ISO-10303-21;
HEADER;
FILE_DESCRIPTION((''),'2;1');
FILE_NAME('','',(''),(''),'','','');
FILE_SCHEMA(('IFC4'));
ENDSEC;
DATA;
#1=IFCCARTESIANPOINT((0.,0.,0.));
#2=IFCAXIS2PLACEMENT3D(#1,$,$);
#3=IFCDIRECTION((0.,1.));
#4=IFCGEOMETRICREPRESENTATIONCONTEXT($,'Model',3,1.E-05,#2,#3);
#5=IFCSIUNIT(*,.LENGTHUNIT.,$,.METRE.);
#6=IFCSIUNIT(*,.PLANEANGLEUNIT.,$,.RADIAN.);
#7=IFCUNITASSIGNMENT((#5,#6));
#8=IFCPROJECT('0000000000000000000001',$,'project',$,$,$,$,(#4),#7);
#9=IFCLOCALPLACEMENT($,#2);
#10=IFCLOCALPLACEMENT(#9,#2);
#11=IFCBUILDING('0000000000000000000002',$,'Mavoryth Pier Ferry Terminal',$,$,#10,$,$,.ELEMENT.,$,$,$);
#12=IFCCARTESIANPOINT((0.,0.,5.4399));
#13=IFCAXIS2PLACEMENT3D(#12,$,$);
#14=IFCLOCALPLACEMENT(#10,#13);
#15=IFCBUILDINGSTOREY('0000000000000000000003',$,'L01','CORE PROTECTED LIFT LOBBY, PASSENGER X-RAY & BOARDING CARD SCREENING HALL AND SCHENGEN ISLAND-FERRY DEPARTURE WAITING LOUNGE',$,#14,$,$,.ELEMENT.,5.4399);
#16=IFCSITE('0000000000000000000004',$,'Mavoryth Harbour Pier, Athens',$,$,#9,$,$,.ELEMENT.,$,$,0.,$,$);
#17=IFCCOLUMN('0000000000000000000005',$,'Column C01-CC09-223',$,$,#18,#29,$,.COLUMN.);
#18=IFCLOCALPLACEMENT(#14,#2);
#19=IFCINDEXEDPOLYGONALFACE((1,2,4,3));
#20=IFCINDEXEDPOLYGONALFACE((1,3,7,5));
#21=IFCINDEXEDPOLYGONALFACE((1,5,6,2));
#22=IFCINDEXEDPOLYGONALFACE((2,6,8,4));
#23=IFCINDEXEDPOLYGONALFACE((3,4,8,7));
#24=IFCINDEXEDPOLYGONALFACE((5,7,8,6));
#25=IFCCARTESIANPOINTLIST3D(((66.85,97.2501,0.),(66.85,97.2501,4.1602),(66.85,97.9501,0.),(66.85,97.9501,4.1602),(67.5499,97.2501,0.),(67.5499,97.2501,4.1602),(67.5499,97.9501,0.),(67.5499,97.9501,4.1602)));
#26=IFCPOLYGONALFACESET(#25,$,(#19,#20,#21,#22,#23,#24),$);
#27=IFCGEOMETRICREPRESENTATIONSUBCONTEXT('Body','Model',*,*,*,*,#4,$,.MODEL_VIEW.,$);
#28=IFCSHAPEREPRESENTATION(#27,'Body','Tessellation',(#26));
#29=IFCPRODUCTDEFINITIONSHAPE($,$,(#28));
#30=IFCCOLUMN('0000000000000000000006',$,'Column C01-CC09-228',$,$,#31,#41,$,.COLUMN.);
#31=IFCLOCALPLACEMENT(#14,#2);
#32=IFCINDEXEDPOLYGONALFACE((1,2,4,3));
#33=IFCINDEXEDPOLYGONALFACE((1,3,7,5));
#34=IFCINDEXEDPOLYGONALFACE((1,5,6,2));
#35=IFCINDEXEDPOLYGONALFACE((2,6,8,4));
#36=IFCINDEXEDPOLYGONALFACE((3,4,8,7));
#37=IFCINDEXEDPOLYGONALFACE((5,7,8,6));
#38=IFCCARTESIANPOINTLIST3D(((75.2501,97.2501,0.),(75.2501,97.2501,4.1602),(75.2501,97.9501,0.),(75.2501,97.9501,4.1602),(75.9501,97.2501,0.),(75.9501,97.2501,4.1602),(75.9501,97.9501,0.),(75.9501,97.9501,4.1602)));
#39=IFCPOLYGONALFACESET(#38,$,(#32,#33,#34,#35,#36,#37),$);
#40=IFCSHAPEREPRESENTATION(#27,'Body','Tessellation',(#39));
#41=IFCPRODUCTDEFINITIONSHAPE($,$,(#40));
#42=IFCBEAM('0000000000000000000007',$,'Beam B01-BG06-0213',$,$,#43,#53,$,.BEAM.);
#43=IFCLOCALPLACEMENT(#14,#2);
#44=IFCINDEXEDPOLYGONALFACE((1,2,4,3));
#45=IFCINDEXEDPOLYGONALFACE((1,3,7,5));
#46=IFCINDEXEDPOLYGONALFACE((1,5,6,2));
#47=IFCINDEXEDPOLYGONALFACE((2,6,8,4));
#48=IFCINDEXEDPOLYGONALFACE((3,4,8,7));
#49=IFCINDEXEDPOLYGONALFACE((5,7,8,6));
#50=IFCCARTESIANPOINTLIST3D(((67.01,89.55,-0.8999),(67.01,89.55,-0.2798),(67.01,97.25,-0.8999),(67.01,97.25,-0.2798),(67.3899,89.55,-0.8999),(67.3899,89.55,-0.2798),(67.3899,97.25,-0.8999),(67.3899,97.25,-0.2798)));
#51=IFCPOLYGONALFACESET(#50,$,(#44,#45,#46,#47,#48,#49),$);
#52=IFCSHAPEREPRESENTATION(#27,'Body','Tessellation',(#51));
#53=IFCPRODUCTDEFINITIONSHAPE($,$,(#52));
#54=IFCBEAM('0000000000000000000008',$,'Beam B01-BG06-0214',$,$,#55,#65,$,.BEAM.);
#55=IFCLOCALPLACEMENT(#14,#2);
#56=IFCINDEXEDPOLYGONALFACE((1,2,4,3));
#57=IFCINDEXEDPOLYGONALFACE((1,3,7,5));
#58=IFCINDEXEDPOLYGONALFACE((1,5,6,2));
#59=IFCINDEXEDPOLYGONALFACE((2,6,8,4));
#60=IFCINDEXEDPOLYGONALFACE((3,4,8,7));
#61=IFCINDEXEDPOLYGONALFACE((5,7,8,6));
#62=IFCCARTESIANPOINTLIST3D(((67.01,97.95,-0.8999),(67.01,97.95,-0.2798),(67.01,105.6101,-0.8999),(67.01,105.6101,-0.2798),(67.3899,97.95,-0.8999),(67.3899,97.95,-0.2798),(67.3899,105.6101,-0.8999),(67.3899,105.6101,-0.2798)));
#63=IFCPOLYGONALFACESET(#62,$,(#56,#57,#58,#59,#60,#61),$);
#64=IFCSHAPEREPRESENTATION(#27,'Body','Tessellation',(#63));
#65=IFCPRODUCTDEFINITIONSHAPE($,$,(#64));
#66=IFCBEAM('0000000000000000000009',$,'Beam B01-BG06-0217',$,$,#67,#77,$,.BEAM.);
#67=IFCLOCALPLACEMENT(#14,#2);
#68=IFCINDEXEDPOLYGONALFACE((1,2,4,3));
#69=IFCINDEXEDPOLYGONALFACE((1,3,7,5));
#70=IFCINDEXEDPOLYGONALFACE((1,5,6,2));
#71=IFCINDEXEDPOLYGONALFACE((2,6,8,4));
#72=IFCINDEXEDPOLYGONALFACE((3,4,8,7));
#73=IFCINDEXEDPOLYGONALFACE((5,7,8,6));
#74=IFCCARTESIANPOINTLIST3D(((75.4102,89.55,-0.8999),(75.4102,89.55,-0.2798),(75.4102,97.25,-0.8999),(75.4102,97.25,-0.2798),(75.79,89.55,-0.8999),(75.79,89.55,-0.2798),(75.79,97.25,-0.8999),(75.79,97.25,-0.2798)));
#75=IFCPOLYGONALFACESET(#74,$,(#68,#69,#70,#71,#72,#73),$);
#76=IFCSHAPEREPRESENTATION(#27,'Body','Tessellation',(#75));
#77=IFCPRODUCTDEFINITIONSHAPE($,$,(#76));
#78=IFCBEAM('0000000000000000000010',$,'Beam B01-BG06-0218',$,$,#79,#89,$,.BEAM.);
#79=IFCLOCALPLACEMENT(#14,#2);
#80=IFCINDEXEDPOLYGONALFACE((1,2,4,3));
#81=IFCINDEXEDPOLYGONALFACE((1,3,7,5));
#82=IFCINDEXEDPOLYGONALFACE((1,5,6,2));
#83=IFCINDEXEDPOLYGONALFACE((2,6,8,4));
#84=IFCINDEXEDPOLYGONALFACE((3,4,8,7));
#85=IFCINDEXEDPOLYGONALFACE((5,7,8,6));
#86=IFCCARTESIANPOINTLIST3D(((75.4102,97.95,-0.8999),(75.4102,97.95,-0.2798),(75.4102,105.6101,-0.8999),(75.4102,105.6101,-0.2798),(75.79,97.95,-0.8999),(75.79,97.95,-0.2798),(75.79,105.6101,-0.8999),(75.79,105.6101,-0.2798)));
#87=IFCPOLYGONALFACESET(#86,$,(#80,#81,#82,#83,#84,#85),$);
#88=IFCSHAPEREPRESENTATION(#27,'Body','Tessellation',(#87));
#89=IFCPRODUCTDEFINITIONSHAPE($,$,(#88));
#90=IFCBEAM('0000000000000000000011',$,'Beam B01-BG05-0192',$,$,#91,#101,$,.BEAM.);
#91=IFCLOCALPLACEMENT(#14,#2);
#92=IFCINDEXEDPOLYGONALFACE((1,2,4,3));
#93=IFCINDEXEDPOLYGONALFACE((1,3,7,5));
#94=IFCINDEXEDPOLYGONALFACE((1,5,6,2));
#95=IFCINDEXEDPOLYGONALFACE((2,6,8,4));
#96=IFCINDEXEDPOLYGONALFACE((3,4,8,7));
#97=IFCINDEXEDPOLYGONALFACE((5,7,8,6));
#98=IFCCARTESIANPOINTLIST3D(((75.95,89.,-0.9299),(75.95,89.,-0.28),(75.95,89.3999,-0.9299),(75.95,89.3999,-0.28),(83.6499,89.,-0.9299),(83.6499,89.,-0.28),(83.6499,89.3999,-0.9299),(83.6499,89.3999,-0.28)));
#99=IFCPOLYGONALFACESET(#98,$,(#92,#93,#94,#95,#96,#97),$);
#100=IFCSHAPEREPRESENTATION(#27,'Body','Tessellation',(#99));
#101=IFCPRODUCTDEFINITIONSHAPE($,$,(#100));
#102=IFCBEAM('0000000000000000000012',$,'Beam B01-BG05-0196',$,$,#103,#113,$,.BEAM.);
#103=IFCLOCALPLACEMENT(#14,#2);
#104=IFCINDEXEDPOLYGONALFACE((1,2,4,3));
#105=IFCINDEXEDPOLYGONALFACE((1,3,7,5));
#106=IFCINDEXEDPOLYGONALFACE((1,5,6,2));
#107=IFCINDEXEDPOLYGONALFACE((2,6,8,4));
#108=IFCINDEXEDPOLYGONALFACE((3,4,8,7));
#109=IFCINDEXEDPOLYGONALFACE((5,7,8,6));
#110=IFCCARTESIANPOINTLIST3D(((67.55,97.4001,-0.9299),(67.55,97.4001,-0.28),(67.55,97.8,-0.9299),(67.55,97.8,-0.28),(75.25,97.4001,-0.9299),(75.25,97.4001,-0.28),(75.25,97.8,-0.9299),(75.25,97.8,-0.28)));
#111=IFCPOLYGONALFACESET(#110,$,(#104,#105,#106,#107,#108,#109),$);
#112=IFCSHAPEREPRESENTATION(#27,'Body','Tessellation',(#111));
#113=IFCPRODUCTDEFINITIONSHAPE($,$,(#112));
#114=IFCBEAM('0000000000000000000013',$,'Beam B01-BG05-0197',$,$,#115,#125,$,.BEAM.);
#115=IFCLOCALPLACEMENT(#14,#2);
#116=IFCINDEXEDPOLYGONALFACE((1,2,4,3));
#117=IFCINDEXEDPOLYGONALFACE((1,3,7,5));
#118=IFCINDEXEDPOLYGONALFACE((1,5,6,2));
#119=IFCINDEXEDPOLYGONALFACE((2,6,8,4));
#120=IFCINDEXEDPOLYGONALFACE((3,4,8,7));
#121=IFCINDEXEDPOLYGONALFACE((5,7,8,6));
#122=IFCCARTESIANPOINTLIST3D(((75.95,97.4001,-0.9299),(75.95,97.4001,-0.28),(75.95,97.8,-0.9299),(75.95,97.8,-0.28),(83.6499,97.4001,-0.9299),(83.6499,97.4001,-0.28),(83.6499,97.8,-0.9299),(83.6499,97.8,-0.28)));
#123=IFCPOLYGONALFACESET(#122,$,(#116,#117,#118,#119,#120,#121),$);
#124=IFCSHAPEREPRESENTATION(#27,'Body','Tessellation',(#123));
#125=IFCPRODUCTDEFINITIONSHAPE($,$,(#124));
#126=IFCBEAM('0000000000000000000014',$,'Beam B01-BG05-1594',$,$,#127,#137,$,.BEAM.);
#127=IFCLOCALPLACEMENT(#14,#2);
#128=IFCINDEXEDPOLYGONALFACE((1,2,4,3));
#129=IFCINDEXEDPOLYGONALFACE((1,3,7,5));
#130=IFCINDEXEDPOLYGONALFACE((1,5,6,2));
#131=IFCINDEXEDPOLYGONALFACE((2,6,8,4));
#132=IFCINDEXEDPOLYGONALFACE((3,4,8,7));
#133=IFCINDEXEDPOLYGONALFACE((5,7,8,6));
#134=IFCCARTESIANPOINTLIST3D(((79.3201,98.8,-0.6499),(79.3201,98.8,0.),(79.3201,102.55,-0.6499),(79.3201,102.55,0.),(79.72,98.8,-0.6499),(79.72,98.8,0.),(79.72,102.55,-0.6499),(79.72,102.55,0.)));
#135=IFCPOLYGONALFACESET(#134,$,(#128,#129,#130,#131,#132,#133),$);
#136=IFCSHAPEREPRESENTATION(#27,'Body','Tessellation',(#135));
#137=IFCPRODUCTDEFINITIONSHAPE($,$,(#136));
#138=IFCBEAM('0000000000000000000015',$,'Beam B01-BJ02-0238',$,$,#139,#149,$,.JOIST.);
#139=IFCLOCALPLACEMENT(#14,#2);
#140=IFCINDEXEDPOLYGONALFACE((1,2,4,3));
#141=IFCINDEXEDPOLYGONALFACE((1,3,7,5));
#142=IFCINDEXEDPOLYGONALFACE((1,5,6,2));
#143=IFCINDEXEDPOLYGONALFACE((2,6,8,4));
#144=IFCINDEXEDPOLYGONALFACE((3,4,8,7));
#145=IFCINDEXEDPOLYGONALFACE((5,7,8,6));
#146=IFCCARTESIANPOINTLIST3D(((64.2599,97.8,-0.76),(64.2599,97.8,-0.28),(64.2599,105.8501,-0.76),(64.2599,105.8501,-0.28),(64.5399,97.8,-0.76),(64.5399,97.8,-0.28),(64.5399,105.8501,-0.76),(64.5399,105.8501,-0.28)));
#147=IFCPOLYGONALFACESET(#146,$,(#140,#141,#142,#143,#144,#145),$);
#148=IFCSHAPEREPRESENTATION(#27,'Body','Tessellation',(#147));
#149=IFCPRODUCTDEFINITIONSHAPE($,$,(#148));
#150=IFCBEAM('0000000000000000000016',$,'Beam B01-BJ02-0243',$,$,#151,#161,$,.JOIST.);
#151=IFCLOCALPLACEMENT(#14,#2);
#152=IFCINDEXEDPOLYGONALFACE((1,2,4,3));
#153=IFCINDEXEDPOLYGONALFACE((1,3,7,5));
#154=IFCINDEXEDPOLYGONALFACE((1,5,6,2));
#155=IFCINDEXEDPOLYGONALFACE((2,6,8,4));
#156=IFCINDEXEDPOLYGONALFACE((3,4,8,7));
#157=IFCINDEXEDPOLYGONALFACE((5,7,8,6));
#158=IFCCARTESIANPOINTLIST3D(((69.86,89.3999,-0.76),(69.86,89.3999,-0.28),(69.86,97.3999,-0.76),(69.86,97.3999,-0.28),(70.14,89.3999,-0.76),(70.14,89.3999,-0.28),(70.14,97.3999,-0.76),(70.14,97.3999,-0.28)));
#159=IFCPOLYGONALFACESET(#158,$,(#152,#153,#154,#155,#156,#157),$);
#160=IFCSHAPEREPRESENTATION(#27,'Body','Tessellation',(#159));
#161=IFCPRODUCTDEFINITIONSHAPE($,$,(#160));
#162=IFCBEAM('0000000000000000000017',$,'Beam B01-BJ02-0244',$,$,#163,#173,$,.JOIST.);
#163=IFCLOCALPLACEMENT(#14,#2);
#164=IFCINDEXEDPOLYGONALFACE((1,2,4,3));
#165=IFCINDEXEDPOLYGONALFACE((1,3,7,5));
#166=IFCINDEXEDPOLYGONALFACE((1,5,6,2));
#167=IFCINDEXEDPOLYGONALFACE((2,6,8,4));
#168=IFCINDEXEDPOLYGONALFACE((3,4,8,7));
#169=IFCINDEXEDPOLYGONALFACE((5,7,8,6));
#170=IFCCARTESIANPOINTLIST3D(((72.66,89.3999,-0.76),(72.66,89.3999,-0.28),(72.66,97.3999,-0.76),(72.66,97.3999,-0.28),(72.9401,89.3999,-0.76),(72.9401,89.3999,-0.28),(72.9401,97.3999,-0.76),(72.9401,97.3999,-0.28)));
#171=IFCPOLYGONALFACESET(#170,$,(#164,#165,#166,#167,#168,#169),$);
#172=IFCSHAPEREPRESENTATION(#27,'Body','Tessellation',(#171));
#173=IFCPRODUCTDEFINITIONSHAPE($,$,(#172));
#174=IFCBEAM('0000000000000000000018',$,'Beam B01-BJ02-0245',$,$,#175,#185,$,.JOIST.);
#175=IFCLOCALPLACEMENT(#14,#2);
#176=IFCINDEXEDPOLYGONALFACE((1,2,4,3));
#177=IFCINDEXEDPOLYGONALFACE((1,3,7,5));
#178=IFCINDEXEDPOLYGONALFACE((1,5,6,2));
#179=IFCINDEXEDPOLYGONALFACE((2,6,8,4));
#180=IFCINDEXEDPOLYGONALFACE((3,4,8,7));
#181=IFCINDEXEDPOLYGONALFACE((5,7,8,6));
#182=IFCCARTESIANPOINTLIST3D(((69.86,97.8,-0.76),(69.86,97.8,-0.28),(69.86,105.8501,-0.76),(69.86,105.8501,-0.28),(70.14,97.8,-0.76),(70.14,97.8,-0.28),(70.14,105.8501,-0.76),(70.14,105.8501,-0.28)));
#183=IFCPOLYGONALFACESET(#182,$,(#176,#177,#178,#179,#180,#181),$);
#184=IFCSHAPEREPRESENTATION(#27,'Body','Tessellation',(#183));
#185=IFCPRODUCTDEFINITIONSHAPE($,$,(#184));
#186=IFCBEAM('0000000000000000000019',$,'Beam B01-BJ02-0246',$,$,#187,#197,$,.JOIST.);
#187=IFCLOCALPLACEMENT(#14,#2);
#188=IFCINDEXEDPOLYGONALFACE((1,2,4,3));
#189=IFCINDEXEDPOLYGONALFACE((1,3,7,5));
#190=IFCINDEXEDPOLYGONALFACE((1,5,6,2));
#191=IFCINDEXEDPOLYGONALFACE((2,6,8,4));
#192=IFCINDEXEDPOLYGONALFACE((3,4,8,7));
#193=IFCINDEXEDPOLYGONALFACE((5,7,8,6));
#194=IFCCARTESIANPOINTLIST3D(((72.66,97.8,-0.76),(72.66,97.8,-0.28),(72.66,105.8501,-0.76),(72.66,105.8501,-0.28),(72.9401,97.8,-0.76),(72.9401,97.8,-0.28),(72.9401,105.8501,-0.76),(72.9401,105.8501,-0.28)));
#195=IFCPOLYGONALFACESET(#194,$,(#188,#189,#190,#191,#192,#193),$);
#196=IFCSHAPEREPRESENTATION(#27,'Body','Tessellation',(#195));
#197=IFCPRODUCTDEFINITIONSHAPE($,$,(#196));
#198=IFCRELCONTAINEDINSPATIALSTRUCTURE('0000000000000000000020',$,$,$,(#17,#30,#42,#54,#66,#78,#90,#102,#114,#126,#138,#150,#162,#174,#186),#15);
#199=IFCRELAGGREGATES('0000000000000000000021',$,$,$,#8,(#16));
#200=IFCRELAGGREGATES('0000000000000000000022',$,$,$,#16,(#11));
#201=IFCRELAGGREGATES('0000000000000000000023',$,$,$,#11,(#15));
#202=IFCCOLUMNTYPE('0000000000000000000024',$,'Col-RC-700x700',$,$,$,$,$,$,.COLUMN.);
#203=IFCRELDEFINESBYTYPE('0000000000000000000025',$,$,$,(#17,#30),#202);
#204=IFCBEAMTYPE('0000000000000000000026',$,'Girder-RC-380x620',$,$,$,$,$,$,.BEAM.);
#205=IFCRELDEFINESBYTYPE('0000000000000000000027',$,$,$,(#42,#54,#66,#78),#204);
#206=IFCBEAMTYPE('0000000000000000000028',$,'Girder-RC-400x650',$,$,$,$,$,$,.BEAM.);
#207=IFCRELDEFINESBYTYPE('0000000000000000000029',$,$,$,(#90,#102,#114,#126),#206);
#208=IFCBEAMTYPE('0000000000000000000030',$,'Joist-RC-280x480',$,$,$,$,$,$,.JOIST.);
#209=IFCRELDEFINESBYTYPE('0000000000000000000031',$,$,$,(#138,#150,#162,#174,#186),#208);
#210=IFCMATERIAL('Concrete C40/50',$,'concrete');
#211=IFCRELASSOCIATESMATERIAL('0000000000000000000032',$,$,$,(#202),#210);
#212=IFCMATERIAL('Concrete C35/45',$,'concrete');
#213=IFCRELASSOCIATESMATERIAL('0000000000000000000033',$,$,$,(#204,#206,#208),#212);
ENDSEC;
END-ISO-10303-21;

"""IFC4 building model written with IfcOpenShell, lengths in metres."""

from ifc_helpers import new_model, si_unit, direction, frame, origin, origin_2d, place, context, subcontext, project, spatial, rectangle, extrude, material, material_profile, profile_set, type_object, element, save


model = new_model("IFC4")

# Units and contexts
model_context = context("Model", 3, precision=1e-05, world=origin(), true_north=direction((0.0, 1.0)))
body_context = subcontext(model_context, "Body", "Model", "MODEL_VIEW")
ifc_project = project(units=[si_unit("LENGTHUNIT", "METRE"), si_unit("PLANEANGLEUNIT", "RADIAN")], contexts=[model_context])

# Site, building, storey
site_placement = place(None, origin())
site = spatial("IfcSite", under=ifc_project, at=site_placement, Name="Mavoryth Harbour Pier, Athens", CompositionType="ELEMENT", RefElevation=0.0)
building_placement = place(site_placement, origin())
building = spatial("IfcBuilding", under=site, at=building_placement, Name="Mavoryth Pier Ferry Terminal", CompositionType="ELEMENT")
storey_placement = place(building_placement, frame((0.0, 0.0, 5.4399)))
storey = spatial("IfcBuildingStorey", under=building, at=storey_placement, Name="L01", Description="CORE PROTECTED LIFT LOBBY, PASSENGER X-RAY & BOARDING CARD SCREENING HALL AND SCHENGEN ISLAND-FERRY DEPARTURE WAITING LOUNGE", CompositionType="ELEMENT", Elevation=5.4399)

# Columns
ifc_material_1 = material(Name="Concrete C40/50", Category="concrete")
ifc_material_profile_1 = material_profile(ifc_material_1, rectangle(XDim=0.7, YDim=0.7, at=origin_2d()), Name="RC 700x700", Category="concrete")
ifc_profile_set_1 = profile_set([ifc_material_profile_1], Name="Concrete C40/50 - RC 700x700")
column_type = type_object("IfcColumnType", Name="Col-RC-700x700", PredefinedType="COLUMN", material=ifc_profile_set_1)
for number, where, z_axis, x_axis, name in (
    (1, (67.2, 97.6001, 0.0), (0.0, 0.0, 1.0), (1.0, 0.0, 0.0), "Column C01-CC09-223"),
    (2, (75.6001, 97.6001, 0.0), (0.0, 0.0, 1.0), (1.0, 0.0, 0.0), "Column C01-CC09-228"),
):
    element("IfcColumn", number, at=place(storey_placement, frame(where, z_axis=z_axis, x_axis=x_axis)), inside=storey, type_object=column_type, Name=name, PredefinedType="COLUMN", context=body_context, shape_type="SweptSolid", body=[
        extrude(rectangle(XDim=0.7, YDim=0.7, at=origin_2d()), origin(), (0.0, 0.0, 1.0), 4.1602),
    ])

# Beams
ifc_material_2 = material(Name="Concrete C35/45", Category="concrete")
ifc_material_profile_2 = material_profile(ifc_material_2, rectangle(XDim=0.3799, YDim=0.6201, at=origin_2d()), Name="RC 380x620", Category="concrete")
ifc_profile_set_2 = profile_set([ifc_material_profile_2], Name="Concrete C35/45 - RC 380x620")
beam_type_1 = type_object("IfcBeamType", Name="Girder-RC-380x620", PredefinedType="BEAM", material=ifc_profile_set_2)
beam_1_placement = place(storey_placement, frame((67.2, 89.55, -0.5898), z_axis=(0.0, 1.0, 0.0), x_axis=(-1.0, 0.0, 0.0)))
element("IfcBeam", 3, at=beam_1_placement, inside=storey, type_object=beam_type_1, Name="Beam B01-BG06-0213", PredefinedType="BEAM", context=body_context, shape_type="SweptSolid", body=[
    extrude(rectangle(XDim=0.3799, YDim=0.6201, at=origin_2d()), origin(), (0.0, 0.0, 1.0), 7.7),
])
beam_2_placement = place(storey_placement, frame((67.2, 97.95, -0.5898), z_axis=(0.0, 1.0, 0.0), x_axis=(-1.0, 0.0, 0.0)))
element("IfcBeam", 4, at=beam_2_placement, inside=storey, type_object=beam_type_1, Name="Beam B01-BG06-0214", PredefinedType="BEAM", context=body_context, shape_type="SweptSolid", body=[
    extrude(rectangle(XDim=0.3799, YDim=0.6201, at=origin_2d()), origin(), (0.0, 0.0, 1.0), 7.6602),
])
beam_3_placement = place(storey_placement, frame((75.6001, 89.55, -0.5898), z_axis=(0.0, 1.0, 0.0), x_axis=(-1.0, 0.0, 0.0)))
element("IfcBeam", 5, at=beam_3_placement, inside=storey, type_object=beam_type_1, Name="Beam B01-BG06-0217", PredefinedType="BEAM", context=body_context, shape_type="SweptSolid", body=[
    extrude(rectangle(XDim=0.3799, YDim=0.6201, at=origin_2d()), origin(), (0.0, 0.0, 1.0), 7.7),
])
beam_4_placement = place(storey_placement, frame((75.6001, 97.95, -0.5898), z_axis=(0.0, 1.0, 0.0), x_axis=(-1.0, 0.0, 0.0)))
element("IfcBeam", 6, at=beam_4_placement, inside=storey, type_object=beam_type_1, Name="Beam B01-BG06-0218", PredefinedType="BEAM", context=body_context, shape_type="SweptSolid", body=[
    extrude(rectangle(XDim=0.3799, YDim=0.6201, at=origin_2d()), origin(), (0.0, 0.0, 1.0), 7.6602),
])
ifc_material_profile_3 = material_profile(ifc_material_2, rectangle(XDim=0.3999, YDim=0.6499, at=origin_2d()), Name="RC 400x650", Category="concrete")
ifc_profile_set_3 = profile_set([ifc_material_profile_3], Name="Concrete C35/45 - RC 400x650")
beam_type_2 = type_object("IfcBeamType", Name="Girder-RC-400x650", PredefinedType="BEAM", material=ifc_profile_set_3)
for number, where, z_axis, x_axis, name in (
    (7, (75.95, 89.2, -0.605), (1.0, 0.0, 0.0), (0.0, 1.0, 0.0), "Beam B01-BG05-0192"),
    (8, (67.55, 97.6001, -0.605), (1.0, 0.0, 0.0), (0.0, 1.0, 0.0), "Beam B01-BG05-0196"),
    (9, (75.95, 97.6001, -0.605), (1.0, 0.0, 0.0), (0.0, 1.0, 0.0), "Beam B01-BG05-0197"),
):
    element("IfcBeam", number, at=place(storey_placement, frame(where, z_axis=z_axis, x_axis=x_axis)), inside=storey, type_object=beam_type_2, Name=name, PredefinedType="BEAM", context=body_context, shape_type="SweptSolid", body=[
        extrude(rectangle(XDim=0.3999, YDim=0.6499, at=origin_2d()), origin(), (0.0, 0.0, 1.0), 7.7),
    ])
beam_5_placement = place(storey_placement, frame((79.52, 98.8, -0.325), z_axis=(0.0, 1.0, 0.0), x_axis=(-1.0, 0.0, 0.0)))
element("IfcBeam", 10, at=beam_5_placement, inside=storey, type_object=beam_type_2, Name="Beam B01-BG05-1594", PredefinedType="BEAM", context=body_context, shape_type="SweptSolid", body=[
    extrude(rectangle(XDim=0.3999, YDim=0.6499, at=origin_2d()), origin(), (0.0, 0.0, 1.0), 3.75),
])
ifc_material_profile_4 = material_profile(ifc_material_2, rectangle(XDim=0.28, YDim=0.48, at=origin_2d()), Name="RC 280x480", Category="concrete")
ifc_profile_set_4 = profile_set([ifc_material_profile_4], Name="Concrete C35/45 - RC 280x480")
beam_type_3 = type_object("IfcBeamType", Name="Joist-RC-280x480", PredefinedType="JOIST", material=ifc_profile_set_4)
beam_6_placement = place(storey_placement, frame((64.3999, 97.8, -0.52), z_axis=(0.0, 1.0, 0.0), x_axis=(-1.0, 0.0, 0.0)))
element("IfcBeam", 11, at=beam_6_placement, inside=storey, type_object=beam_type_3, Name="Beam B01-BJ02-0238", PredefinedType="JOIST", context=body_context, shape_type="SweptSolid", body=[
    extrude(rectangle(XDim=0.28, YDim=0.48, at=origin_2d()), origin(), (0.0, 0.0, 1.0), 8.05),
])
for number, where, z_axis, x_axis, name in (
    (12, (70.0, 89.3999, -0.52), (0.0, 1.0, 0.0), (-1.0, 0.0, 0.0), "Beam B01-BJ02-0243"),
    (13, (72.8, 89.3999, -0.52), (0.0, 1.0, 0.0), (-1.0, 0.0, 0.0), "Beam B01-BJ02-0244"),
):
    element("IfcBeam", number, at=place(storey_placement, frame(where, z_axis=z_axis, x_axis=x_axis)), inside=storey, type_object=beam_type_3, Name=name, PredefinedType="JOIST", context=body_context, shape_type="SweptSolid", body=[
        extrude(rectangle(XDim=0.28, YDim=0.48, at=origin_2d()), origin(), (0.0, 0.0, 1.0), 8.0),
    ])
for number, where, z_axis, x_axis, name in (
    (14, (70.0, 97.8, -0.52), (0.0, 1.0, 0.0), (-1.0, 0.0, 0.0), "Beam B01-BJ02-0245"),
    (15, (72.8, 97.8, -0.52), (0.0, 1.0, 0.0), (-1.0, 0.0, 0.0), "Beam B01-BJ02-0246"),
):
    element("IfcBeam", number, at=place(storey_placement, frame(where, z_axis=z_axis, x_axis=x_axis)), inside=storey, type_object=beam_type_3, Name=name, PredefinedType="JOIST", context=body_context, shape_type="SweptSolid", body=[
        extrude(rectangle(XDim=0.28, YDim=0.48, at=origin_2d()), origin(), (0.0, 0.0, 1.0), 8.05),
    ])

save(model, "model.ifc")
